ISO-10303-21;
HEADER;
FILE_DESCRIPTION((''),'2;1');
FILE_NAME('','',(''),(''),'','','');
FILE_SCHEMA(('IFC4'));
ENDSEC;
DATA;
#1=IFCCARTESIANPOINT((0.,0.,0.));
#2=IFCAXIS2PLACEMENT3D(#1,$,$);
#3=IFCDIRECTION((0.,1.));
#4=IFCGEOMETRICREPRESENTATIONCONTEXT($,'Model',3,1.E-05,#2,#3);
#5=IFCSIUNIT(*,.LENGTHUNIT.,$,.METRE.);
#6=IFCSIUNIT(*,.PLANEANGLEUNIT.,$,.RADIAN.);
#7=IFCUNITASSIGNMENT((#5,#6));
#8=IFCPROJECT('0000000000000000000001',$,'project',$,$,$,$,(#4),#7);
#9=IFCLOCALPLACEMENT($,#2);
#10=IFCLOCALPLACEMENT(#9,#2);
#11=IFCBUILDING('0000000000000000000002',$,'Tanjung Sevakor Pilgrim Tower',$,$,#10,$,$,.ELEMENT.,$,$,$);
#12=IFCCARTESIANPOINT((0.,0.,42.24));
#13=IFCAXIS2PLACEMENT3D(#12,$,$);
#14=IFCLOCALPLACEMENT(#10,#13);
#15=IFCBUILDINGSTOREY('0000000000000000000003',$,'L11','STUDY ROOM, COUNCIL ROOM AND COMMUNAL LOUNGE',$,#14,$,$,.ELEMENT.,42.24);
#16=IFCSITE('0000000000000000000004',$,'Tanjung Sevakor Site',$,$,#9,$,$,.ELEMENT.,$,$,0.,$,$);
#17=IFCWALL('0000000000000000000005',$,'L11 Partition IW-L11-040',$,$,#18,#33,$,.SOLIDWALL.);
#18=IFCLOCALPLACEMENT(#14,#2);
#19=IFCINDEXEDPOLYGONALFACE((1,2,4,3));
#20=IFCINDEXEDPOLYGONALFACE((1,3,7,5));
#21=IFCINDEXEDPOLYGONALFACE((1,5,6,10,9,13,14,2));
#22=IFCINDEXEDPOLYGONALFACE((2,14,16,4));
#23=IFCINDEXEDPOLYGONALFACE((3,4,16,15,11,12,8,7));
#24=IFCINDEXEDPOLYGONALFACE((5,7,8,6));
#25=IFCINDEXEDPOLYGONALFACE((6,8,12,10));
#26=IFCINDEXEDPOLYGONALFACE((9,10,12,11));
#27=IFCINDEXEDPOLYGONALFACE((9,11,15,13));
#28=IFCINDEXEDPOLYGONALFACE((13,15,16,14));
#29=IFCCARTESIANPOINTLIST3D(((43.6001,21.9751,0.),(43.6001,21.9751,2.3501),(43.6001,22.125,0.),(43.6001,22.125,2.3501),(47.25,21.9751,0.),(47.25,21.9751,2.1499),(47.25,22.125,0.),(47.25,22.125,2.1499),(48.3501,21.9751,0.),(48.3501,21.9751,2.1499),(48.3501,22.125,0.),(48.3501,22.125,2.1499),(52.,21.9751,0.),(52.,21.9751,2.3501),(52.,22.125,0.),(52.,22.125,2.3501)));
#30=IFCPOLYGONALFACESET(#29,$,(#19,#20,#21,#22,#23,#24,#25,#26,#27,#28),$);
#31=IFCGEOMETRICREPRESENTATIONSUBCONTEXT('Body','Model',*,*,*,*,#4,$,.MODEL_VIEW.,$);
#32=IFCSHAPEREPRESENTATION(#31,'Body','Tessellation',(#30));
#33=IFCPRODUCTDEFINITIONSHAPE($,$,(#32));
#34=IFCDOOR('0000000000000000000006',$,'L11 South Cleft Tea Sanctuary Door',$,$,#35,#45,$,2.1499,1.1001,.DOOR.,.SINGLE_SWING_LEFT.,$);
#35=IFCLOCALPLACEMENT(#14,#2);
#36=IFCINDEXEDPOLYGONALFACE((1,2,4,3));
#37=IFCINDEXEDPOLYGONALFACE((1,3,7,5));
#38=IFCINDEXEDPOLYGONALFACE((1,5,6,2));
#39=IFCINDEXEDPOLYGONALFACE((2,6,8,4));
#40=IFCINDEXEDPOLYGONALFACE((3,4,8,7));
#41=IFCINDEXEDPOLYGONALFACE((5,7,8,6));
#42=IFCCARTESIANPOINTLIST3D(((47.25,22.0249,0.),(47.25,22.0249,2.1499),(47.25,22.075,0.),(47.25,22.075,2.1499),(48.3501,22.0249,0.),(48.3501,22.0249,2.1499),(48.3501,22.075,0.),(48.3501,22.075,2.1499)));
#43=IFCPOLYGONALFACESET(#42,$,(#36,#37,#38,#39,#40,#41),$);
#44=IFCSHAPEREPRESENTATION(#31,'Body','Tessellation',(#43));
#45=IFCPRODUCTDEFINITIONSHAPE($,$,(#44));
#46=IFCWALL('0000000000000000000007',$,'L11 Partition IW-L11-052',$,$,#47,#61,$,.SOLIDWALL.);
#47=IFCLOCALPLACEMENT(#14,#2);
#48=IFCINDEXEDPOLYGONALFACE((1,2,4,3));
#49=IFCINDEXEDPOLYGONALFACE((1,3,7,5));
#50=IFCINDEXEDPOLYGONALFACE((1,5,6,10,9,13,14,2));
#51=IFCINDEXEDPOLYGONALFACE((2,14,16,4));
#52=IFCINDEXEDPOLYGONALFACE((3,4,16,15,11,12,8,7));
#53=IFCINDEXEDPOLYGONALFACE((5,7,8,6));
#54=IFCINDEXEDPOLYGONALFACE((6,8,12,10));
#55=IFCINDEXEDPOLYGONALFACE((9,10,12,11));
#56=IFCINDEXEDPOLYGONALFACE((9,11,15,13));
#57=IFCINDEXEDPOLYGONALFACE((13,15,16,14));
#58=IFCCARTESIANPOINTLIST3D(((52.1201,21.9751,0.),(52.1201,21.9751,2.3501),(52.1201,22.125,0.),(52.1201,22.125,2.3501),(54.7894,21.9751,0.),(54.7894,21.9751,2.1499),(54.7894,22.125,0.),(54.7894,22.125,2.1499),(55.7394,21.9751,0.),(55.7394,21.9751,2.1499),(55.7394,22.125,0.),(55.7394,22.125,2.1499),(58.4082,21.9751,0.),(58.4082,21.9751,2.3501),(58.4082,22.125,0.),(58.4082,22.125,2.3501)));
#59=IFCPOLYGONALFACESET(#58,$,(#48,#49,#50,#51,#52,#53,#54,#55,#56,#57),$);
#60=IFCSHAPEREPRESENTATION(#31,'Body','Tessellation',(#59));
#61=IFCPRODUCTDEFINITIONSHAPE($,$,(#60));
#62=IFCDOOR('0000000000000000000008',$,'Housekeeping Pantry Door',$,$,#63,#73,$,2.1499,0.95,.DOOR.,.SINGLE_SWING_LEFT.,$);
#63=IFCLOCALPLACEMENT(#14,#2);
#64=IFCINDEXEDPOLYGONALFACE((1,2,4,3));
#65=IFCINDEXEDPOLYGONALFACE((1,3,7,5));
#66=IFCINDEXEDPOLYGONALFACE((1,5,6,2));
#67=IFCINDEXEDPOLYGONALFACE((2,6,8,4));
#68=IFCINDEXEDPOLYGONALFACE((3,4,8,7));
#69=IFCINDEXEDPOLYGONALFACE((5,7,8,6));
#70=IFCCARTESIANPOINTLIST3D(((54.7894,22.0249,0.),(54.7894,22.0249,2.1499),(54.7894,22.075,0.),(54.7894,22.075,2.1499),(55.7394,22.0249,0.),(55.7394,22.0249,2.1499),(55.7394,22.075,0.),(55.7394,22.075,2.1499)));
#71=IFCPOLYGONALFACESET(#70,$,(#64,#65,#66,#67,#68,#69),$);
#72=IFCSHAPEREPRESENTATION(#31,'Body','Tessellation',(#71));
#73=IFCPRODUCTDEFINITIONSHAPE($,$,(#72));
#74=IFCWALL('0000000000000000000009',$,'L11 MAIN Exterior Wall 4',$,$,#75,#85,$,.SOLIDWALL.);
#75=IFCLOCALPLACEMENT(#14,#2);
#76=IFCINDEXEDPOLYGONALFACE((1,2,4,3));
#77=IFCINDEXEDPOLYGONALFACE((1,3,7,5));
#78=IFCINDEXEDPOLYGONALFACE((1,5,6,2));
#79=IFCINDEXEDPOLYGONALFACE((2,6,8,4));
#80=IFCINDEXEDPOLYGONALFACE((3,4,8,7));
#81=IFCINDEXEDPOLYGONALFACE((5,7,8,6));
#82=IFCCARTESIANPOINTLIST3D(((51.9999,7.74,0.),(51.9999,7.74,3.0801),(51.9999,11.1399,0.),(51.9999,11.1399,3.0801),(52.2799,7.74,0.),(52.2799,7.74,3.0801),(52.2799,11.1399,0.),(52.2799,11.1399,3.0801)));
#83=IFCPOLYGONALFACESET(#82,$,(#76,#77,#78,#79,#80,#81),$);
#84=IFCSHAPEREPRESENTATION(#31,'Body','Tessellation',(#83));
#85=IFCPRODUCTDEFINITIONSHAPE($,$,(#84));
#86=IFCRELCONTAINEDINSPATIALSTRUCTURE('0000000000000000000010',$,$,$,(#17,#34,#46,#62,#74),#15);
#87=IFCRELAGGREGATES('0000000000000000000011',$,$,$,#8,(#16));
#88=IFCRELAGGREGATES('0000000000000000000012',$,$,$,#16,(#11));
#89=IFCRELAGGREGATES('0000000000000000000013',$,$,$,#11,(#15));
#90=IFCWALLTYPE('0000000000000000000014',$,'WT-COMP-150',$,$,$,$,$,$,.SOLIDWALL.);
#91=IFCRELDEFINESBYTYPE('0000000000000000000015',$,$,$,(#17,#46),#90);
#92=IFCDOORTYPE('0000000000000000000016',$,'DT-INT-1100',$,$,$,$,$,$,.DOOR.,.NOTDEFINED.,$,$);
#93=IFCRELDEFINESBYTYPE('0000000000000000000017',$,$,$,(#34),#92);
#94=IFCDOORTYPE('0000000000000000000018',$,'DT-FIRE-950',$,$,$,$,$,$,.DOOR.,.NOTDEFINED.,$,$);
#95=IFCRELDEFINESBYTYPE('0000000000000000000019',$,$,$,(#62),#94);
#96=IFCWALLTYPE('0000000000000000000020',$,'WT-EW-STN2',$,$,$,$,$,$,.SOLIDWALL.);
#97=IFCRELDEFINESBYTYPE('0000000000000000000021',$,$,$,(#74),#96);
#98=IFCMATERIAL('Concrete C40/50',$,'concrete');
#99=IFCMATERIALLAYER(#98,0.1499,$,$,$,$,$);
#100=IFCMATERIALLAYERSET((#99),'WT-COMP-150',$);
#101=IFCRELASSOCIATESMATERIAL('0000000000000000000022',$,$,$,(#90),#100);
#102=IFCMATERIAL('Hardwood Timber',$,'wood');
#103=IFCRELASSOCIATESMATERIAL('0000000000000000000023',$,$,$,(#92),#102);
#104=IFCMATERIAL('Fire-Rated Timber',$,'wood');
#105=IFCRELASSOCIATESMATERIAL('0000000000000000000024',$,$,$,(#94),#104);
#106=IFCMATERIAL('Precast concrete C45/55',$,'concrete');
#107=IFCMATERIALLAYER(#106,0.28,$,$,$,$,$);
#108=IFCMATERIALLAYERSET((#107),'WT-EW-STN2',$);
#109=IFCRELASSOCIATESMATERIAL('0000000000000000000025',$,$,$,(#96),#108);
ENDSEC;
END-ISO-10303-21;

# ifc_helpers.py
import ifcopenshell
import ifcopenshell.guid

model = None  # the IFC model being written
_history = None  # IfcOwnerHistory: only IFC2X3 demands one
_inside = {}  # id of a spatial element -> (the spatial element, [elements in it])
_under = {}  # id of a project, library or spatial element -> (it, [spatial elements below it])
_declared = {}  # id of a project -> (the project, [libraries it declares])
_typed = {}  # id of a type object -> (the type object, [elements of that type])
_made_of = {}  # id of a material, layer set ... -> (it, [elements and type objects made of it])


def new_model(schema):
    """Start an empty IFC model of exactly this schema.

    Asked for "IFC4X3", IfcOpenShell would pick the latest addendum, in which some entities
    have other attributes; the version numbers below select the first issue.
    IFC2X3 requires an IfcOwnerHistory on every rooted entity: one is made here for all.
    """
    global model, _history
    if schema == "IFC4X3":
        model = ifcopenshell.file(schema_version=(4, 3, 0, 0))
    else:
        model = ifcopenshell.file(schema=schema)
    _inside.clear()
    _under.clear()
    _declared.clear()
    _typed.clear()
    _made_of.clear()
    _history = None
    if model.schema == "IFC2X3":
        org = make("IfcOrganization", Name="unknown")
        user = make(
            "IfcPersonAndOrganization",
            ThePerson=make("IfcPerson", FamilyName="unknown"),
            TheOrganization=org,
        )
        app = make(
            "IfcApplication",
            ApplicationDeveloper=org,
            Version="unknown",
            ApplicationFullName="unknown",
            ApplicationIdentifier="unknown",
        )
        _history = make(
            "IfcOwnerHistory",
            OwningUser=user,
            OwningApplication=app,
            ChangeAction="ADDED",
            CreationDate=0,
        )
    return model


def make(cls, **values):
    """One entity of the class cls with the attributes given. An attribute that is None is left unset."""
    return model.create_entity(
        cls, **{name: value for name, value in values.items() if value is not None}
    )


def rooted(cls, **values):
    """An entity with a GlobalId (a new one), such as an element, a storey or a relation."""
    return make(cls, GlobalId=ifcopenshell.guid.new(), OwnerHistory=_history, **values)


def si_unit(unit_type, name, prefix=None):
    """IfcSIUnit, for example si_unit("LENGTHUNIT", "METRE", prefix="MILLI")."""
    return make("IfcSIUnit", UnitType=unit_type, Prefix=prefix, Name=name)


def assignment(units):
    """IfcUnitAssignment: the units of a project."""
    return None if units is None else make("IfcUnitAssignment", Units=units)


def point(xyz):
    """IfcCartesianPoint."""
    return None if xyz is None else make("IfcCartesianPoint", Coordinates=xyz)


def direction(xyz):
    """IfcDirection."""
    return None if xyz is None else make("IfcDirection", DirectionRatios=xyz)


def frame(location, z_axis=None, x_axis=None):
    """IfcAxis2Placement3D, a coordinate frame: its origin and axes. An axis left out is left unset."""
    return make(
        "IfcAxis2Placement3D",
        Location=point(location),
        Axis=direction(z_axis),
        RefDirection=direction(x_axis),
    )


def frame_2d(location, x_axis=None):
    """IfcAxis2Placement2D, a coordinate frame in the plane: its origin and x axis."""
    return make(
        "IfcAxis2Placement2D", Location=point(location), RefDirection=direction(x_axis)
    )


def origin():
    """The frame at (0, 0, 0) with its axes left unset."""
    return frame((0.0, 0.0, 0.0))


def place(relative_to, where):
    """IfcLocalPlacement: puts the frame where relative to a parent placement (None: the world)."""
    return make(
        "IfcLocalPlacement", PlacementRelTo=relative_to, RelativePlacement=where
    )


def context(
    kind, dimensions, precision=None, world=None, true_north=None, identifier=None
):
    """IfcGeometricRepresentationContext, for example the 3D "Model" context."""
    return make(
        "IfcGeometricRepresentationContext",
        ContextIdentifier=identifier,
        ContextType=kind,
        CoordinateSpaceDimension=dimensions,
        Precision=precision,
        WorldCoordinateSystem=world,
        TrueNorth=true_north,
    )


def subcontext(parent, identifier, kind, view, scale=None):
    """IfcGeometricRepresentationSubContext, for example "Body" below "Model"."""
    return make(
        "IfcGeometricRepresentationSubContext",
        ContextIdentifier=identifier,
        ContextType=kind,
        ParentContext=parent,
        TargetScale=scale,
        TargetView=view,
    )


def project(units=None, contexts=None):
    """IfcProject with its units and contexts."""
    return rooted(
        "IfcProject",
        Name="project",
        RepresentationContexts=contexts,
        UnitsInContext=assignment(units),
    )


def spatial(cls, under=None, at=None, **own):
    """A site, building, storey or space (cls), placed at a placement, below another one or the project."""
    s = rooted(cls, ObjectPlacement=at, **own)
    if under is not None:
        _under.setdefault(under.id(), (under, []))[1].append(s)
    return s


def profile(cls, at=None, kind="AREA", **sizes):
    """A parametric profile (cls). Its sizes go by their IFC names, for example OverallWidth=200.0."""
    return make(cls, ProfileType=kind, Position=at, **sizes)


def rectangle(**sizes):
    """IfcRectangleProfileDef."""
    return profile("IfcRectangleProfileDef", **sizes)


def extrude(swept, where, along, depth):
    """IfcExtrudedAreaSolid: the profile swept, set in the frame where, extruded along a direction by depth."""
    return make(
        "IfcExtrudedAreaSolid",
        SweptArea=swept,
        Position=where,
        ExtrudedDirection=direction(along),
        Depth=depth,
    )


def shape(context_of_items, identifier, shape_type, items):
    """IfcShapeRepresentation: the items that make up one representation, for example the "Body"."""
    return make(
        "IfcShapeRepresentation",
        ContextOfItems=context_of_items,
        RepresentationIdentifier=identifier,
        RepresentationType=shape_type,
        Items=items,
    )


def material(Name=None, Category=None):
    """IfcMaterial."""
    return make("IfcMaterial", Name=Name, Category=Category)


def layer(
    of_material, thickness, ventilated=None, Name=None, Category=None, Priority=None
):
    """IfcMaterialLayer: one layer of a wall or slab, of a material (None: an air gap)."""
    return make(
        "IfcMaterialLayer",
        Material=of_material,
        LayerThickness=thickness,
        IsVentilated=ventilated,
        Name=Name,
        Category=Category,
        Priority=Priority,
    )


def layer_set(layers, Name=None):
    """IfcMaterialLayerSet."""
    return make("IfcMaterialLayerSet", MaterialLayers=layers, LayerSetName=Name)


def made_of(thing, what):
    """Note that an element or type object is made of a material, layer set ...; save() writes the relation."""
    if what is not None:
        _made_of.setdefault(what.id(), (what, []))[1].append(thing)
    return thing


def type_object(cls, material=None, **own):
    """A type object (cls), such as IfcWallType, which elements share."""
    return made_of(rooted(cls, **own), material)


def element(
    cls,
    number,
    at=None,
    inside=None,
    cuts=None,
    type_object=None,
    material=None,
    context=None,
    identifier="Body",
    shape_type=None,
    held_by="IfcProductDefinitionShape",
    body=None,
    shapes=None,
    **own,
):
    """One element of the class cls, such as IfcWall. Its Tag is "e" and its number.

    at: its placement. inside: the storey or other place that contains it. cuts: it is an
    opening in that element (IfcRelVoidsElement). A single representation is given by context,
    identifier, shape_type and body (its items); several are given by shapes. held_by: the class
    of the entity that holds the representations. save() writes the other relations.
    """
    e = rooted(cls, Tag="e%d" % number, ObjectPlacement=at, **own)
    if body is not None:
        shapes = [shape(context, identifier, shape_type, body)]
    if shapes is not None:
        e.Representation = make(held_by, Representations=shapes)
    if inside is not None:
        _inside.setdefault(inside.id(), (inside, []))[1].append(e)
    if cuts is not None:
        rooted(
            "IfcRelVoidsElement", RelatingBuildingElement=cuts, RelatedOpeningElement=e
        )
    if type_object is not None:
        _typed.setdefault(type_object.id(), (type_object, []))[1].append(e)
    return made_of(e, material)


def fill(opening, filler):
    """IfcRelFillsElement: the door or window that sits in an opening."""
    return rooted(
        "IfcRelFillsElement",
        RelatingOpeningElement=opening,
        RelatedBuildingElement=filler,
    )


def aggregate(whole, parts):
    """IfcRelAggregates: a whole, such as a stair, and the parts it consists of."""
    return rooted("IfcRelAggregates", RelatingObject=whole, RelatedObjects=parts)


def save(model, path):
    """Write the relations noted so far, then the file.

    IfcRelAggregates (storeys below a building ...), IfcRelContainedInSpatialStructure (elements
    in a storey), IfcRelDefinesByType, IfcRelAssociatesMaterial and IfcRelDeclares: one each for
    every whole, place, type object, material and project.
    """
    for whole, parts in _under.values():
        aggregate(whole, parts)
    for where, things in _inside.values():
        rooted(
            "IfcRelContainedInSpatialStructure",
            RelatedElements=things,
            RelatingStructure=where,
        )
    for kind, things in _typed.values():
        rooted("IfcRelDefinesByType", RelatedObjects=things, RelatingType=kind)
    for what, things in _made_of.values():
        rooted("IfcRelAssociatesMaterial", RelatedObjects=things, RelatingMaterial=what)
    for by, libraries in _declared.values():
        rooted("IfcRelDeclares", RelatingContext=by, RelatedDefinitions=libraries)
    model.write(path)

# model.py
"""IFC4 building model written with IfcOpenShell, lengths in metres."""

from ifc_helpers import new_model, si_unit, direction, frame, frame_2d, origin, place, context, subcontext, project, spatial, rectangle, extrude, material, layer, layer_set, type_object, element, fill, save


model = new_model("IFC4")

# Units and contexts
model_context = context("Model", 3, precision=1e-05, world=origin(), true_north=direction((0.0, 1.0)))
body_context = subcontext(model_context, "Body", "Model", "MODEL_VIEW")
ifc_project = project(units=[si_unit("LENGTHUNIT", "METRE"), si_unit("PLANEANGLEUNIT", "RADIAN")], contexts=[model_context])

# Site, building, storey
site_placement = place(None, origin())
site = spatial("IfcSite", under=ifc_project, at=site_placement, Name="Tanjung Sevakor Site", CompositionType="ELEMENT", RefElevation=0.0)
building_placement = place(site_placement, origin())
building = spatial("IfcBuilding", under=site, at=building_placement, Name="Tanjung Sevakor Pilgrim Tower", CompositionType="ELEMENT")
storey_placement = place(building_placement, frame((0.0, 0.0, 42.24)))
storey = spatial("IfcBuildingStorey", under=building, at=storey_placement, Name="L11", Description="STUDY ROOM, COUNCIL ROOM AND COMMUNAL LOUNGE", CompositionType="ELEMENT", Elevation=42.24)

# Shared definitions
ifc_material_1 = material(Name="Concrete C40/50", Category="concrete")
ifc_layer_1 = layer(ifc_material_1, 0.1499)
ifc_layer_set_1 = layer_set([ifc_layer_1], Name="WT-COMP-150")
wall_type_1 = type_object("IfcWallType", Name="WT-COMP-150", PredefinedType="SOLIDWALL", material=ifc_layer_set_1)

# Walls, openings, doors
wall_1_placement = place(storey_placement, frame((43.6001, 22.05, 0.0), z_axis=(0.0, 0.0, 1.0), x_axis=(1.0, 0.0, 0.0)))
wall_1 = element("IfcWall", 1, at=wall_1_placement, inside=storey, type_object=wall_type_1, Name="L11 Partition IW-L11-040", PredefinedType="SOLIDWALL", context=body_context, shape_type="SweptSolid", body=[
    extrude(rectangle(XDim=8.3999, YDim=0.1499, at=frame_2d((4.2, 0.0))), origin(), (0.0, 0.0, 1.0), 2.3501),
])
opening_1_placement = place(wall_1_placement, frame((3.6499, 0.0, 0.0)))
opening_1 = element("IfcOpeningElement", 2, at=opening_1_placement, cuts=wall_1, PredefinedType="OPENING", context=body_context, shape_type="SweptSolid", body=[
    extrude(rectangle(XDim=1.1001, YDim=2.1499, at=frame_2d((0.55, 1.075))), frame((0.0, 0.085, 0.0), z_axis=(0.0, -1.0, 0.0), x_axis=(1.0, 0.0, 0.0)), (0.0, 0.0, 1.0), 0.1699),
])
ifc_material_2 = material(Name="Hardwood Timber", Category="wood")
door_type_1 = type_object("IfcDoorType", Name="DT-INT-1100", OperationType="NOTDEFINED", PredefinedType="DOOR", material=ifc_material_2)
door_1_placement = place(opening_1_placement, origin())
door_1 = element("IfcDoor", 3, at=door_1_placement, inside=storey, type_object=door_type_1, Name="L11 South Cleft Tea Sanctuary Door", OperationType="SINGLE_SWING_LEFT", OverallHeight=2.1499, OverallWidth=1.1001, PredefinedType="DOOR", context=body_context, shape_type="SweptSolid", body=[
    extrude(rectangle(XDim=1.1001, YDim=2.1499, at=frame_2d((0.55, 1.075))), frame((0.0, 0.0249, 0.0), z_axis=(0.0, -1.0, 0.0), x_axis=(1.0, 0.0, 0.0)), (0.0, 0.0, 1.0), 0.05),
])
fill(opening_1, door_1)
wall_2_placement = place(storey_placement, frame((52.1201, 22.05, 0.0), z_axis=(0.0, 0.0, 1.0), x_axis=(1.0, 0.0, 0.0)))
wall_2 = element("IfcWall", 4, at=wall_2_placement, inside=storey, type_object=wall_type_1, Name="L11 Partition IW-L11-052", PredefinedType="SOLIDWALL", context=body_context, shape_type="SweptSolid", body=[
    extrude(rectangle(XDim=6.2881, YDim=0.1499, at=frame_2d((3.144, 0.0))), origin(), (0.0, 0.0, 1.0), 2.3501),
])
opening_2_placement = place(wall_2_placement, frame((2.6692, 0.0, 0.0)))
opening_2 = element("IfcOpeningElement", 5, at=opening_2_placement, cuts=wall_2, PredefinedType="OPENING", context=body_context, shape_type="SweptSolid", body=[
    extrude(rectangle(XDim=0.95, YDim=2.1499, at=frame_2d((0.4751, 1.075))), frame((0.0, 0.085, 0.0), z_axis=(0.0, -1.0, 0.0), x_axis=(1.0, 0.0, 0.0)), (0.0, 0.0, 1.0), 0.1699),
])
ifc_material_3 = material(Name="Fire-Rated Timber", Category="wood")
door_type_2 = type_object("IfcDoorType", Name="DT-FIRE-950", OperationType="NOTDEFINED", PredefinedType="DOOR", material=ifc_material_3)
door_2_placement = place(opening_2_placement, origin())
door_2 = element("IfcDoor", 6, at=door_2_placement, inside=storey, type_object=door_type_2, Name="Housekeeping Pantry Door", OperationType="SINGLE_SWING_LEFT", OverallHeight=2.1499, OverallWidth=0.95, PredefinedType="DOOR", context=body_context, shape_type="SweptSolid", body=[
    extrude(rectangle(XDim=0.95, YDim=2.1499, at=frame_2d((0.4751, 1.075))), frame((0.0, 0.0249, 0.0), z_axis=(0.0, -1.0, 0.0), x_axis=(1.0, 0.0, 0.0)), (0.0, 0.0, 1.0), 0.05),
])
fill(opening_2, door_2)

# Wall
ifc_material_4 = material(Name="Precast concrete C45/55", Category="concrete")
ifc_layer_2 = layer(ifc_material_4, 0.28)
ifc_layer_set_2 = layer_set([ifc_layer_2], Name="WT-EW-STN2")
wall_type_2 = type_object("IfcWallType", Name="WT-EW-STN2", PredefinedType="SOLIDWALL", material=ifc_layer_set_2)
wall_3_placement = place(storey_placement, frame((52.1399, 11.1399, 0.0), z_axis=(0.0, 0.0, 1.0), x_axis=(0.0, -1.0, 0.0)))
element("IfcWall", 7, at=wall_3_placement, inside=storey, type_object=wall_type_2, Name="L11 MAIN Exterior Wall 4", PredefinedType="SOLIDWALL", context=body_context, shape_type="SweptSolid", body=[
    extrude(rectangle(XDim=3.3999, YDim=0.28, at=frame_2d((1.7, 0.0))), origin(), (0.0, 0.0, 1.0), 3.0801),
])

save(model, "model.ifc")
